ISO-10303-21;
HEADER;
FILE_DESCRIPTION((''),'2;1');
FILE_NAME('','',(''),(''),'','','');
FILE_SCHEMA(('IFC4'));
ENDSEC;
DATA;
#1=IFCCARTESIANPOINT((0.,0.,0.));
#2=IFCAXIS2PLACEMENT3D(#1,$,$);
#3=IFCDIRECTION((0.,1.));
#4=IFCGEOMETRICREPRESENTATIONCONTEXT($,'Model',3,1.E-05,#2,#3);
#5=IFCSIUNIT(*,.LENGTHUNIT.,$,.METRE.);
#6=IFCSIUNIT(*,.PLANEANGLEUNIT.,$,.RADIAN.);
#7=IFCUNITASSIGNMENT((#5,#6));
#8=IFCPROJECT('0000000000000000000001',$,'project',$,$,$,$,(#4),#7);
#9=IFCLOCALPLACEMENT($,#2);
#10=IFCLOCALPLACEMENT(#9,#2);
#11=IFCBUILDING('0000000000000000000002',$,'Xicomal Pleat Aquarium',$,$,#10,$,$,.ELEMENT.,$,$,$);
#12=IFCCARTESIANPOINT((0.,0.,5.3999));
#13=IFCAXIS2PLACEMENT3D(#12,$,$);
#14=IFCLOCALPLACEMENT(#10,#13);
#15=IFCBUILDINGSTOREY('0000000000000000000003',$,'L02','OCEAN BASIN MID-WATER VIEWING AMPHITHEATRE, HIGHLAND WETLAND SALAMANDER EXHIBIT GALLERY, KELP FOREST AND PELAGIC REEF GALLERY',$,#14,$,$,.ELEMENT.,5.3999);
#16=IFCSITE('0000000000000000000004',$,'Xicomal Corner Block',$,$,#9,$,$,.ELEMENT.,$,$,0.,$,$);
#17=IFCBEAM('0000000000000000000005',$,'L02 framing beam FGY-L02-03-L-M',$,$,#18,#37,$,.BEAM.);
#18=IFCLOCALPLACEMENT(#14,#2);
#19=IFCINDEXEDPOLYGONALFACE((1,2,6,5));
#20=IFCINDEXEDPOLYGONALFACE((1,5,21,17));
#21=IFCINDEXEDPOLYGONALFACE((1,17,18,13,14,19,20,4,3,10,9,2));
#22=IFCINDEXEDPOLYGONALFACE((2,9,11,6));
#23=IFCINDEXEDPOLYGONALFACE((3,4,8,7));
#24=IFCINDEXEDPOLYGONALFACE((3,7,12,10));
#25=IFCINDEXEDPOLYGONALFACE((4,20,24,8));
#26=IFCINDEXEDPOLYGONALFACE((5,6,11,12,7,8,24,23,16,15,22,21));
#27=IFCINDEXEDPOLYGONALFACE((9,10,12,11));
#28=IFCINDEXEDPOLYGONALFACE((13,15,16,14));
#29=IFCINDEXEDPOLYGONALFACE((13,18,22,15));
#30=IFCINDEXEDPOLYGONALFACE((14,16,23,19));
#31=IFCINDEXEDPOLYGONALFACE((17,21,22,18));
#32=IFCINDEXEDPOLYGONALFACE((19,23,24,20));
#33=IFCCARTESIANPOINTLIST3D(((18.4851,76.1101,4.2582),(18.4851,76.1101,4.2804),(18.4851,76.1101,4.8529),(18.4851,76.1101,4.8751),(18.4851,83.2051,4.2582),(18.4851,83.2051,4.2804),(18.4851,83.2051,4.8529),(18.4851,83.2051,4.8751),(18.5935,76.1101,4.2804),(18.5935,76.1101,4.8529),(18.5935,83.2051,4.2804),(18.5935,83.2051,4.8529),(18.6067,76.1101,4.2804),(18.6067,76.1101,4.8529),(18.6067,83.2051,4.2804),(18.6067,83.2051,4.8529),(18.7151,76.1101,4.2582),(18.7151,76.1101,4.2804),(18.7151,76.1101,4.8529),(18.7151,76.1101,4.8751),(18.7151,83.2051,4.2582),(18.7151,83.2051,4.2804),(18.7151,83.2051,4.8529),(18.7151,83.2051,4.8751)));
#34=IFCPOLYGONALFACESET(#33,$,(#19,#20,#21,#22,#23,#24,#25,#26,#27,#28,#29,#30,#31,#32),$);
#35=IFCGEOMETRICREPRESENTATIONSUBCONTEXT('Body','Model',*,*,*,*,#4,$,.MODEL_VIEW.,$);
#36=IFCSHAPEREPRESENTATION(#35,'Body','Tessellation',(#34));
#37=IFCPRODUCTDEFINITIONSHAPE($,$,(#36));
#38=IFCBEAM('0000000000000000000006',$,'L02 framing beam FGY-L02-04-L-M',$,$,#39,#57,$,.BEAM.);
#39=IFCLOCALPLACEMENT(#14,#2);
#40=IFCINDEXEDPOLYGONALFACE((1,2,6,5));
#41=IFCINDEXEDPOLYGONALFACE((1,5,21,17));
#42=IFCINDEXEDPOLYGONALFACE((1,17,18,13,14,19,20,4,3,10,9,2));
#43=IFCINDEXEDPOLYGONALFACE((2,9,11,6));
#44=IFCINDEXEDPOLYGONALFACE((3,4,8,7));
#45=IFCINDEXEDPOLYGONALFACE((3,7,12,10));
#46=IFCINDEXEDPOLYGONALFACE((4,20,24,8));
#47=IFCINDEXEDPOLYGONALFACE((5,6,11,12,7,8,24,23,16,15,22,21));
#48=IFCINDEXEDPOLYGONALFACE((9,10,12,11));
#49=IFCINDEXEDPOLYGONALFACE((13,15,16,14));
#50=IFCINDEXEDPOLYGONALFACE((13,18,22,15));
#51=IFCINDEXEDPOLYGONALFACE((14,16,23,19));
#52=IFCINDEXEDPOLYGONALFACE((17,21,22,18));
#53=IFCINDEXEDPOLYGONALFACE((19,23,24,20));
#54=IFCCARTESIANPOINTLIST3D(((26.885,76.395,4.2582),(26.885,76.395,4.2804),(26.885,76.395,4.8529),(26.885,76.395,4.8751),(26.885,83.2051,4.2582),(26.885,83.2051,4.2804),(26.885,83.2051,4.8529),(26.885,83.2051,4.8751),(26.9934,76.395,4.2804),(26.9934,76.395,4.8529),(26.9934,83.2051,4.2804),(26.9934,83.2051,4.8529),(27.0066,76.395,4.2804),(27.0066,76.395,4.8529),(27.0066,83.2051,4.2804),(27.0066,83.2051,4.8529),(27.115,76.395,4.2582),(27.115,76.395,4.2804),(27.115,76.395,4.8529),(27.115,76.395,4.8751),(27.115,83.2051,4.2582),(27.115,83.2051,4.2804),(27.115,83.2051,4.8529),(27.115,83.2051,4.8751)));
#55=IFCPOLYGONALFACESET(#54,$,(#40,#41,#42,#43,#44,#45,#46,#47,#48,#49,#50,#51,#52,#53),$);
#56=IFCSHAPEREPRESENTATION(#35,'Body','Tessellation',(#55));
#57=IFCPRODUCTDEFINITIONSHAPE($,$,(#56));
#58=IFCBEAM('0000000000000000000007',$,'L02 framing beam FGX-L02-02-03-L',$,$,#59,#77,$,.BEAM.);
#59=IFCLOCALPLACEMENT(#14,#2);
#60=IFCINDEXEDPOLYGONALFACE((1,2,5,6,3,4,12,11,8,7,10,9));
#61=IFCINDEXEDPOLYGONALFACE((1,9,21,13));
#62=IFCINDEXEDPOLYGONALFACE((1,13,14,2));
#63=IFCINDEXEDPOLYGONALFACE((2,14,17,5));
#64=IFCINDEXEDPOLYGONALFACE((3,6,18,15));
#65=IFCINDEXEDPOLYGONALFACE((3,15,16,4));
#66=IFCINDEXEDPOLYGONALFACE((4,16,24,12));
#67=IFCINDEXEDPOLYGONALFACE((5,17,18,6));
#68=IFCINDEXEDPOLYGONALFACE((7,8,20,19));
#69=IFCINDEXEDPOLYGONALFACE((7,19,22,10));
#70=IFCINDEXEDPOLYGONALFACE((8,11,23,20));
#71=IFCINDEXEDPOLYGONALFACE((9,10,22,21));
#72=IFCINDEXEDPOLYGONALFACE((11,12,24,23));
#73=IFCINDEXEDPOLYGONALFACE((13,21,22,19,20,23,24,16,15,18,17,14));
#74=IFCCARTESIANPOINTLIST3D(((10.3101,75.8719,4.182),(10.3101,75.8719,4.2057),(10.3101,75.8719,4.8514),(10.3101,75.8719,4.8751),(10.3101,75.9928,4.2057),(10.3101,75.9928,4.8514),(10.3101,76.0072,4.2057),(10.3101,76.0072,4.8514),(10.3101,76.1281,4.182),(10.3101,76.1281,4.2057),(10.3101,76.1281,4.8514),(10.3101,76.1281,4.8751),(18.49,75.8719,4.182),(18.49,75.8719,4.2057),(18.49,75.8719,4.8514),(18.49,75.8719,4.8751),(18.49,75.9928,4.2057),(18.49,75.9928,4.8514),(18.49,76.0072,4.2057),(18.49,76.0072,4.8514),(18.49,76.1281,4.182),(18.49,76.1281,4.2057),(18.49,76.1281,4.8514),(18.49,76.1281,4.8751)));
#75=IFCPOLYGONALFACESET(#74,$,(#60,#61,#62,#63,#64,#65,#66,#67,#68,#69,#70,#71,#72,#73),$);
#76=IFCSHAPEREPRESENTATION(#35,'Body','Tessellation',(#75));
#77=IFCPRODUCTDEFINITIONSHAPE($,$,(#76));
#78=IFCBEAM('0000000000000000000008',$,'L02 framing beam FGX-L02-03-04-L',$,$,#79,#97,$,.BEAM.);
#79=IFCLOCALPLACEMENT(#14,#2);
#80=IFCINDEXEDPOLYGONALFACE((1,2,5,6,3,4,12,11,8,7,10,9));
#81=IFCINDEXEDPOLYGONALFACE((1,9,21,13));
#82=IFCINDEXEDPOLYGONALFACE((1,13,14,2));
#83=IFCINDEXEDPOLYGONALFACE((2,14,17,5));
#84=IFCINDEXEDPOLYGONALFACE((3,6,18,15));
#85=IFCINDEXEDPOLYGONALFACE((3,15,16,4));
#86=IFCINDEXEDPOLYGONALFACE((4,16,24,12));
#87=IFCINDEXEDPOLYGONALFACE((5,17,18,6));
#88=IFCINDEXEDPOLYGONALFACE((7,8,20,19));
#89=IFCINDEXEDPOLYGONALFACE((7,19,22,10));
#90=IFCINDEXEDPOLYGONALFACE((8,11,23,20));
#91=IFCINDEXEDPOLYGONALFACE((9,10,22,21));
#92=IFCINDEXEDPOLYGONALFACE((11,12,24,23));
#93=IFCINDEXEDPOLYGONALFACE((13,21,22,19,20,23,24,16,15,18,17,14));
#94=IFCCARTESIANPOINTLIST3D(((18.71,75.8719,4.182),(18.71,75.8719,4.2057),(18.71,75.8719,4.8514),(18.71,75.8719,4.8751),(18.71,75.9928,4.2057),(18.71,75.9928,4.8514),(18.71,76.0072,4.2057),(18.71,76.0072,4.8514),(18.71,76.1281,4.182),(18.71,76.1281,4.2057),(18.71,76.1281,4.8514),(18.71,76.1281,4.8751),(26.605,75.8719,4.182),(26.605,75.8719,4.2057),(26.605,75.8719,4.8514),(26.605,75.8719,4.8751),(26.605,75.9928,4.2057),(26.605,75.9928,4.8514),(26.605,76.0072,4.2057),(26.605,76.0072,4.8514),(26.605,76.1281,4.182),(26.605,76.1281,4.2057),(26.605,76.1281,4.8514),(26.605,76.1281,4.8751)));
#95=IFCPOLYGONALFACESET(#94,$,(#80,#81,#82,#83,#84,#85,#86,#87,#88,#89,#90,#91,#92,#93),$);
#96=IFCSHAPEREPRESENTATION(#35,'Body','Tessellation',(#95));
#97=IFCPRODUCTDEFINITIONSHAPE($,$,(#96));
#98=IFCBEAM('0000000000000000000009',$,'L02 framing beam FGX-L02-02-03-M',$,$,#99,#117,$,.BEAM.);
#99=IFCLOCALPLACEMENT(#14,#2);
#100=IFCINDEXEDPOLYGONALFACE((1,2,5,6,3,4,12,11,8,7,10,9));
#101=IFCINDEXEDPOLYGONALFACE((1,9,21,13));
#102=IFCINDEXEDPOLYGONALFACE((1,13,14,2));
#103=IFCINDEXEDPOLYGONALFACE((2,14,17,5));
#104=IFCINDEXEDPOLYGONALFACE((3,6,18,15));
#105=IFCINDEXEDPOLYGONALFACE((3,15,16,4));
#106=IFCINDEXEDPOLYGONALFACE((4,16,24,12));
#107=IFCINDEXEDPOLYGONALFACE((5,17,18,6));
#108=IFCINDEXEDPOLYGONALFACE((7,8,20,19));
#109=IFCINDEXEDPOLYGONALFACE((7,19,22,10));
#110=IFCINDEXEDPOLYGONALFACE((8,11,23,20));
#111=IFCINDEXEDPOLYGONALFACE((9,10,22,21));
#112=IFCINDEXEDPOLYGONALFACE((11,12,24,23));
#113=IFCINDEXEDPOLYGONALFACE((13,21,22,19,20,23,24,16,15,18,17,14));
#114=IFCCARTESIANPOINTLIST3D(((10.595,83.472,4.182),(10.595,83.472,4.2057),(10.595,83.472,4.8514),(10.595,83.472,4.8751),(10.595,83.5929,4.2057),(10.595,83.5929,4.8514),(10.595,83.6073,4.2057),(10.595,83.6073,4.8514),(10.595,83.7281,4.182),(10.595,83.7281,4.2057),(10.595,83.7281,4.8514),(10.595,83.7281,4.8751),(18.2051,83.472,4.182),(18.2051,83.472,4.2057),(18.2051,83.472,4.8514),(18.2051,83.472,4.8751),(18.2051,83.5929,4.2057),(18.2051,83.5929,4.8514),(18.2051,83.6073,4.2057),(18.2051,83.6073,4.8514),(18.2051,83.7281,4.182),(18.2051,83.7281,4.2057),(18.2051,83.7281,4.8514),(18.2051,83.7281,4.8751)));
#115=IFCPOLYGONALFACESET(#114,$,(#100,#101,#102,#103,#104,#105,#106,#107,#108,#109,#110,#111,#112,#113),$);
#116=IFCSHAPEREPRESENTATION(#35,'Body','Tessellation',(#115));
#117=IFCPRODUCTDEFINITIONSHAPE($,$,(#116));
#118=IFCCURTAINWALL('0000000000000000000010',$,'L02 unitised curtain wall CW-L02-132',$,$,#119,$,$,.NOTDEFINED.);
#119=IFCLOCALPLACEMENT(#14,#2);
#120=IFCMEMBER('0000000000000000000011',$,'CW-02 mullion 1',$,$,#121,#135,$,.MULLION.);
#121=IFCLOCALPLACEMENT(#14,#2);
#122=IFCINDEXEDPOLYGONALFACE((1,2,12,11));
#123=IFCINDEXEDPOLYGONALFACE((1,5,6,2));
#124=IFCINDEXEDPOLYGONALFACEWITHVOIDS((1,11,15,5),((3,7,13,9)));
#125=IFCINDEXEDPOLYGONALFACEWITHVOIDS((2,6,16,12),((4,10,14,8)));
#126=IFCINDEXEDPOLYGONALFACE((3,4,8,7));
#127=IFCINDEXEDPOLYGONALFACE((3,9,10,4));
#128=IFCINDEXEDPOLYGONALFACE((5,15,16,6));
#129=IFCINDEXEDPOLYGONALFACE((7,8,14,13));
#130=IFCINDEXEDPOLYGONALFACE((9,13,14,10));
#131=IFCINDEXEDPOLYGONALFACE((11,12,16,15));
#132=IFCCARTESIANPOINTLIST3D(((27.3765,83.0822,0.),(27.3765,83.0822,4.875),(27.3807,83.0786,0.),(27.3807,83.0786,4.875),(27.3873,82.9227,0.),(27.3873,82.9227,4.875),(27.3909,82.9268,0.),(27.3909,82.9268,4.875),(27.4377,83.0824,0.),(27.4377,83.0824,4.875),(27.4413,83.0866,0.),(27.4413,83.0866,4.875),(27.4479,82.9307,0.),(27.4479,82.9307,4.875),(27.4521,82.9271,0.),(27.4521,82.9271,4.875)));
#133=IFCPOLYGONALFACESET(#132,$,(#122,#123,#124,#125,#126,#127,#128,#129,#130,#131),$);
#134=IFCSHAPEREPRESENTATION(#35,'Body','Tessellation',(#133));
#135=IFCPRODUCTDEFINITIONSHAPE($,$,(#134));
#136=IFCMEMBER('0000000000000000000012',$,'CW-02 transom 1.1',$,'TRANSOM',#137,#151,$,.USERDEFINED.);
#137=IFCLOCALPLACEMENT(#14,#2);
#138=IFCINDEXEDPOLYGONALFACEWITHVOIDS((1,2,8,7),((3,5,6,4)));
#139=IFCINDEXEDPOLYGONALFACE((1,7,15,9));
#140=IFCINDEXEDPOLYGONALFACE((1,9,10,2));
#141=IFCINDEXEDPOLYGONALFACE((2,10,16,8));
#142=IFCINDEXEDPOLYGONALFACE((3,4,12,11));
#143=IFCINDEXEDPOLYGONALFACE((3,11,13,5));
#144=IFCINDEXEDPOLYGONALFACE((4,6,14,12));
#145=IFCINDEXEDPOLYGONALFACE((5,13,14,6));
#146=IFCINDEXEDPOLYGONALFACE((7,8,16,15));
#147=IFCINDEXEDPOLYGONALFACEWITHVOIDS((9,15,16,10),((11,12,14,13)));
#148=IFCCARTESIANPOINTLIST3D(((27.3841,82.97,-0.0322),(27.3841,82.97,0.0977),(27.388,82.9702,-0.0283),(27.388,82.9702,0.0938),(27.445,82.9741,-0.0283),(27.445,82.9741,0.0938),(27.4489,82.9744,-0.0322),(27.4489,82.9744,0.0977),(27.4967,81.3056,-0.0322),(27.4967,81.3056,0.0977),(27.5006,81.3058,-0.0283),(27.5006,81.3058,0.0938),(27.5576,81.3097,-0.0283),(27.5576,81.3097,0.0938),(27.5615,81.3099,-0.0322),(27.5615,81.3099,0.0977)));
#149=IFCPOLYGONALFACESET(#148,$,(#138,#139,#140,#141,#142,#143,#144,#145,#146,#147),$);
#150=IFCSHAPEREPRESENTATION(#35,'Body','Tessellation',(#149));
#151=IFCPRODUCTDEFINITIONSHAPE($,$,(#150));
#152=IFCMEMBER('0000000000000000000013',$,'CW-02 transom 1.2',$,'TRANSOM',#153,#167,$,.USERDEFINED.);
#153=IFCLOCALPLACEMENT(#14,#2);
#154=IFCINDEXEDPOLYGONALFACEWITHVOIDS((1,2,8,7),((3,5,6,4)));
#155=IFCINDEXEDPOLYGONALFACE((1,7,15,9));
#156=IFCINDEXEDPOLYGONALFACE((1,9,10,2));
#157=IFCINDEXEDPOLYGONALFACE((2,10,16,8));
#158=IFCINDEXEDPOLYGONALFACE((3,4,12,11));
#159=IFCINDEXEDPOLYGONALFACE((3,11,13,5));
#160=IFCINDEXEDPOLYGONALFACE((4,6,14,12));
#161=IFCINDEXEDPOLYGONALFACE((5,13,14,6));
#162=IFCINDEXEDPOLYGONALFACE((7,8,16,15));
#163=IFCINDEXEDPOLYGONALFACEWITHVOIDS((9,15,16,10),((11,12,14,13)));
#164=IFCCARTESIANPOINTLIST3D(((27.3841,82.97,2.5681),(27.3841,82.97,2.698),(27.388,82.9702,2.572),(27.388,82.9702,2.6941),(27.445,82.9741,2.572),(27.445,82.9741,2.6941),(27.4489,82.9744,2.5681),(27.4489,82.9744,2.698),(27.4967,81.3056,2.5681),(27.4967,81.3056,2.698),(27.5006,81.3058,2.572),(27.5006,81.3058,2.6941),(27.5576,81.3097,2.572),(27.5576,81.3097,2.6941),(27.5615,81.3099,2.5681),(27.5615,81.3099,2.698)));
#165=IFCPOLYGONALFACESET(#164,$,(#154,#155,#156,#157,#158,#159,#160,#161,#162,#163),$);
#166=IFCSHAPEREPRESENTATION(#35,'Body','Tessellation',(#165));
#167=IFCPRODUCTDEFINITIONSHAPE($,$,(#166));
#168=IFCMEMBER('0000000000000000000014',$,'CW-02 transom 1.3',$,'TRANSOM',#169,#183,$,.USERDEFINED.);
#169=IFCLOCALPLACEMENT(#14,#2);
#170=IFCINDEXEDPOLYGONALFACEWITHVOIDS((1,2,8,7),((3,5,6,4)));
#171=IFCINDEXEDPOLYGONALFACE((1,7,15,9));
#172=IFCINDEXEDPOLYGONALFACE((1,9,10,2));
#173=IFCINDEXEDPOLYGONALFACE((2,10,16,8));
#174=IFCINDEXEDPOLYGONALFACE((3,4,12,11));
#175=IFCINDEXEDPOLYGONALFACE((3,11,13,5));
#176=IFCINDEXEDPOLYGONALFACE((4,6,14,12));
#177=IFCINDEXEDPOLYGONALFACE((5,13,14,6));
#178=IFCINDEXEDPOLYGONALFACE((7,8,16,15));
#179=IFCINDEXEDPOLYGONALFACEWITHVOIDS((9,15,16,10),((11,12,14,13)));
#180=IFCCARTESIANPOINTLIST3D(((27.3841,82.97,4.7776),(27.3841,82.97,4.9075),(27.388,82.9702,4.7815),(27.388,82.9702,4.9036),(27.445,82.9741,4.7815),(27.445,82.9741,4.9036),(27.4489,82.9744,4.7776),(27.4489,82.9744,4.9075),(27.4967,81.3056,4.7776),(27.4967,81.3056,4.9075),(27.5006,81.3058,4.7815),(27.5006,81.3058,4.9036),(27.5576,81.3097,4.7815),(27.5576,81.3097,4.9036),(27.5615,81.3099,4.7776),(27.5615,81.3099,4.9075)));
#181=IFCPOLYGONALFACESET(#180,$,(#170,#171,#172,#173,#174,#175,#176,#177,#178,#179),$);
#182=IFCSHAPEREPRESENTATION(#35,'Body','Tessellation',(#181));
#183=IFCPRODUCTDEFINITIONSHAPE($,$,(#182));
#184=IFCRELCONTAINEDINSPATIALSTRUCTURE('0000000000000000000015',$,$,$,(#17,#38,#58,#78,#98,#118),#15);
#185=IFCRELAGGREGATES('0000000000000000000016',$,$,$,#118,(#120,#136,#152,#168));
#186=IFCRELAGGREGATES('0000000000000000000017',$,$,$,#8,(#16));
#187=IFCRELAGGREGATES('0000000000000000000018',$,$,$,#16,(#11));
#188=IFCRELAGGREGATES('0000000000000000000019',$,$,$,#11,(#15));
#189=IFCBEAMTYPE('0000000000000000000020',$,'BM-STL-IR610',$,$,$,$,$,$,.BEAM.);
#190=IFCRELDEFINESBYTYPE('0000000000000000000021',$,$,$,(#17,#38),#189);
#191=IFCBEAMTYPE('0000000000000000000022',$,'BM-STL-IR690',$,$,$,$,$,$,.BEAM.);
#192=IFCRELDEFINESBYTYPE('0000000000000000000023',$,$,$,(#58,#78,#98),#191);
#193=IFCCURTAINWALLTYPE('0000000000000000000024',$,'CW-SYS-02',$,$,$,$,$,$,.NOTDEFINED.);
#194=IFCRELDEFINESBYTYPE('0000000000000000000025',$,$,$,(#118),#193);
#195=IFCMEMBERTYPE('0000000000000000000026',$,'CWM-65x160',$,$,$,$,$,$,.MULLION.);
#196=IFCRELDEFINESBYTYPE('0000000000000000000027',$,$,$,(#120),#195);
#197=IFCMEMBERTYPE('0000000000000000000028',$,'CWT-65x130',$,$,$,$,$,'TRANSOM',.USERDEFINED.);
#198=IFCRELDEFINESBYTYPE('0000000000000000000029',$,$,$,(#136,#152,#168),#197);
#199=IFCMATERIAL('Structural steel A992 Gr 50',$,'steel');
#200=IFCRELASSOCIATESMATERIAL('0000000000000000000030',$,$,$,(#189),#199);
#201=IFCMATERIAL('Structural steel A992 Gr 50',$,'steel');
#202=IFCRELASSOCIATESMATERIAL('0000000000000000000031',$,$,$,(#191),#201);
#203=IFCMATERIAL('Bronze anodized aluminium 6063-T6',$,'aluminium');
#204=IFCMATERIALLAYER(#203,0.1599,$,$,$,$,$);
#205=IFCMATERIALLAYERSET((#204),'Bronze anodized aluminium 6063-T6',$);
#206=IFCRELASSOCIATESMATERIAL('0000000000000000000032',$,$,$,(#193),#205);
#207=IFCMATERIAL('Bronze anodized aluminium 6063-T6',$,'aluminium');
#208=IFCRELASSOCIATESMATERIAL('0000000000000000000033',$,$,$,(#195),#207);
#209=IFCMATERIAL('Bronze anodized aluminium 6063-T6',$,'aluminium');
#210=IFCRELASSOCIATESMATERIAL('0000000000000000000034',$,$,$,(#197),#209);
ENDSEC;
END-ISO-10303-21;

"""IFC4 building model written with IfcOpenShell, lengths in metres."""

from ifc_helpers import new_model, si_unit, direction, frame, origin, origin_2d, place, context, subcontext, project, spatial, hollow_rectangle, i_section, extrude, material, layer, layer_set, material_profile, profile_set, type_object, element, aggregate, save


model = new_model("IFC4")

# Units and contexts
model_context = context("Model", 3, precision=1e-05, world=origin(), true_north=direction((0.0, 1.0)))
body_context = subcontext(model_context, "Body", "Model", "MODEL_VIEW")
ifc_project = project(units=[si_unit("LENGTHUNIT", "METRE"), si_unit("PLANEANGLEUNIT", "RADIAN")], contexts=[model_context])

# Site, building, storey
site_placement = place(None, origin())
site = spatial("IfcSite", under=ifc_project, at=site_placement, Name="Xicomal Corner Block", CompositionType="ELEMENT", RefElevation=0.0)
building_placement = place(site_placement, origin())
building = spatial("IfcBuilding", under=site, at=building_placement, Name="Xicomal Pleat Aquarium", CompositionType="ELEMENT")
storey_placement = place(building_placement, frame((0.0, 0.0, 5.3999)))
storey = spatial("IfcBuildingStorey", under=building, at=storey_placement, Name="L02", Description="OCEAN BASIN MID-WATER VIEWING AMPHITHEATRE, HIGHLAND WETLAND SALAMANDER EXHIBIT GALLERY, KELP FOREST AND PELAGIC REEF GALLERY", CompositionType="ELEMENT", Elevation=5.3999)

# Beams
ifc_material_1 = material(Name="Structural steel A992 Gr 50", Category="steel")
ifc_material_profile_1 = material_profile(ifc_material_1, i_section(OverallWidth=0.23, OverallDepth=0.6169, WebThickness=0.0132, FlangeThickness=0.0222, at=origin_2d()), Name="IR 610x140")
ifc_profile_set_1 = profile_set([ifc_material_profile_1], Name="Structural steel A992 Gr 50")
beam_type_1 = type_object("IfcBeamType", Name="BM-STL-IR610", PredefinedType="BEAM", material=ifc_profile_set_1)
for number, where, z_axis, x_axis, name in (
    (1, (18.6001, 76.1101, 4.5667), (0.0, 1.0, 0.0), (-1.0, 0.0, 0.0), "L02 framing beam FGY-L02-03-L-M"),
):
    element("IfcBeam", number, at=place(storey_placement, frame(where, z_axis=z_axis, x_axis=x_axis)), inside=storey, type_object=beam_type_1, Name=name, PredefinedType="BEAM", context=body_context, shape_type="SweptSolid", body=[
        extrude(i_section(OverallWidth=0.23, OverallDepth=0.6169, WebThickness=0.0132, FlangeThickness=0.0222, at=origin_2d()), origin(), (0.0, 0.0, 1.0), 7.095),
    ])
beam_1_placement = place(storey_placement, frame((27.0, 76.395, 4.5667), z_axis=(0.0, 1.0, 0.0), x_axis=(-1.0, 0.0, 0.0)))
element("IfcBeam", 2, at=beam_1_placement, inside=storey, type_object=beam_type_1, Name="L02 framing beam FGY-L02-04-L-M", PredefinedType="BEAM", context=body_context, shape_type="SweptSolid", body=[
    extrude(i_section(OverallWidth=0.23, OverallDepth=0.6169, WebThickness=0.0132, FlangeThickness=0.0222, at=origin_2d()), origin(), (0.0, 0.0, 1.0), 6.8101),
])
ifc_material_2 = material(Name="Structural steel A992 Gr 50", Category="steel")
ifc_material_profile_2 = material_profile(ifc_material_2, i_section(OverallWidth=0.2561, OverallDepth=0.6931, WebThickness=0.0144, FlangeThickness=0.0237, at=origin_2d()), Name="IR 690x170")
ifc_profile_set_2 = profile_set([ifc_material_profile_2], Name="Structural steel A992 Gr 50")
beam_type_2 = type_object("IfcBeamType", Name="BM-STL-IR690", PredefinedType="BEAM", material=ifc_profile_set_2)
beam_2_placement = place(storey_placement, frame((10.3101, 76.0, 4.5286), z_axis=(1.0, 0.0, 0.0), x_axis=(0.0, 1.0, 0.0)))
element("IfcBeam", 3, at=beam_2_placement, inside=storey, type_object=beam_type_2, Name="L02 framing beam FGX-L02-02-03-L", PredefinedType="BEAM", context=body_context, shape_type="SweptSolid", body=[
    extrude(i_section(OverallWidth=0.2561, OverallDepth=0.6931, WebThickness=0.0144, FlangeThickness=0.0237, at=origin_2d()), origin(), (0.0, 0.0, 1.0), 8.1799),
])
beam_3_placement = place(storey_placement, frame((18.71, 76.0, 4.5286), z_axis=(1.0, 0.0, 0.0), x_axis=(0.0, 1.0, 0.0)))
element("IfcBeam", 4, at=beam_3_placement, inside=storey, type_object=beam_type_2, Name="L02 framing beam FGX-L02-03-04-L", PredefinedType="BEAM", context=body_context, shape_type="SweptSolid", body=[
    extrude(i_section(OverallWidth=0.2561, OverallDepth=0.6931, WebThickness=0.0144, FlangeThickness=0.0237, at=origin_2d()), origin(), (0.0, 0.0, 1.0), 7.895),
])
beam_4_placement = place(storey_placement, frame((10.595, 83.6001, 4.5286), z_axis=(1.0, 0.0, 0.0), x_axis=(0.0, 1.0, 0.0)))
element("IfcBeam", 5, at=beam_4_placement, inside=storey, type_object=beam_type_2, Name="L02 framing beam FGX-L02-02-03-M", PredefinedType="BEAM", context=body_context, shape_type="SweptSolid", body=[
    extrude(i_section(OverallWidth=0.2561, OverallDepth=0.6931, WebThickness=0.0144, FlangeThickness=0.0237, at=origin_2d()), origin(), (0.0, 0.0, 1.0), 7.6101),
])

# Curtain wall, members
ifc_material_3 = material(Name="Bronze anodized aluminium 6063-T6", Category="aluminium")
ifc_layer_1 = layer(ifc_material_3, 0.1599)
ifc_layer_set_1 = layer_set([ifc_layer_1], Name="Bronze anodized aluminium 6063-T6")
curtain_wall_type = type_object("IfcCurtainWallType", Name="CW-SYS-02", PredefinedType="NOTDEFINED", material=ifc_layer_set_1)
curtain_wall_placement = place(storey_placement, origin())
curtain_wall = element("IfcCurtainWall", 6, at=curtain_wall_placement, inside=storey, type_object=curtain_wall_type, Name="L02 unitised curtain wall CW-L02-132", PredefinedType="NOTDEFINED")
ifc_material_4 = material(Name="Bronze anodized aluminium 6063-T6", Category="aluminium")
ifc_material_profile_3 = material_profile(ifc_material_4, hollow_rectangle(XDim=0.0649, YDim=0.1599, WallThickness=0.0039, at=origin_2d()), Name="ALU MULL 65x160")
ifc_profile_set_3 = profile_set([ifc_material_profile_3], Name="Bronze anodized aluminium 6063-T6")
member_type_1 = type_object("IfcMemberType", Name="CWM-65x160", PredefinedType="MULLION", material=ifc_profile_set_3)
member_1_placement = place(storey_placement, frame((27.4143, 83.0046, 0.0), z_axis=(0.0, 0.0, 1.0), x_axis=(0.997716, 0.067543, 0.0)))
member_1 = element("IfcMember", 7, at=member_1_placement, type_object=member_type_1, Name="CW-02 mullion 1", PredefinedType="MULLION", context=body_context, shape_type="SweptSolid", body=[
    extrude(hollow_rectangle(XDim=0.0649, YDim=0.1599, WallThickness=0.0039, at=origin_2d()), origin(), (0.0, 0.0, 1.0), 4.875),
])
ifc_material_5 = material(Name="Bronze anodized aluminium 6063-T6", Category="aluminium")
ifc_material_profile_4 = material_profile(ifc_material_5, hollow_rectangle(XDim=0.0649, YDim=0.1299, WallThickness=0.0039, at=origin_2d()), Name="ALU TRAN 65x130")
ifc_profile_set_4 = profile_set([ifc_material_profile_4], Name="Bronze anodized aluminium 6063-T6")
member_type_2 = type_object("IfcMemberType", Name="CWT-65x130", ElementType="TRANSOM", PredefinedType="USERDEFINED", material=ifc_profile_set_4)
member_2_placement = place(storey_placement, frame((27.4165, 82.9722, 0.0327), z_axis=(0.067471, -0.997721, 0.0), x_axis=(0.997721, 0.067471, 0.0)))
member_2 = element("IfcMember", 8, at=member_2_placement, type_object=member_type_2, Name="CW-02 transom 1.1", ObjectType="TRANSOM", PredefinedType="USERDEFINED", context=body_context, shape_type="SweptSolid", body=[
    extrude(hollow_rectangle(XDim=0.0649, YDim=0.1299, WallThickness=0.0039, at=origin_2d()), origin(), (0.0, 0.0, 1.0), 1.6682),
])
member_3_placement = place(storey_placement, frame((27.4165, 82.9722, 2.6331), z_axis=(0.067471, -0.997721, 0.0), x_axis=(0.997721, 0.067471, 0.0)))
member_3 = element("IfcMember", 9, at=member_3_placement, type_object=member_type_2, Name="CW-02 transom 1.2", ObjectType="TRANSOM", PredefinedType="USERDEFINED", context=body_context, shape_type="SweptSolid", body=[
    extrude(hollow_rectangle(XDim=0.0649, YDim=0.1299, WallThickness=0.0039, at=origin_2d()), origin(), (0.0, 0.0, 1.0), 1.6682),
])
member_4_placement = place(storey_placement, frame((27.4165, 82.9722, 4.8425), z_axis=(0.067471, -0.997721, 0.0), x_axis=(0.997721, 0.067471, 0.0)))
member_4 = element("IfcMember", 10, at=member_4_placement, type_object=member_type_2, Name="CW-02 transom 1.3", ObjectType="TRANSOM", PredefinedType="USERDEFINED", context=body_context, shape_type="SweptSolid", body=[
    extrude(hollow_rectangle(XDim=0.0649, YDim=0.1299, WallThickness=0.0039, at=origin_2d()), origin(), (0.0, 0.0, 1.0), 1.6682),
])
aggregate(curtain_wall, [member_1, member_2, member_3, member_4])

save(model, "model.ifc")
